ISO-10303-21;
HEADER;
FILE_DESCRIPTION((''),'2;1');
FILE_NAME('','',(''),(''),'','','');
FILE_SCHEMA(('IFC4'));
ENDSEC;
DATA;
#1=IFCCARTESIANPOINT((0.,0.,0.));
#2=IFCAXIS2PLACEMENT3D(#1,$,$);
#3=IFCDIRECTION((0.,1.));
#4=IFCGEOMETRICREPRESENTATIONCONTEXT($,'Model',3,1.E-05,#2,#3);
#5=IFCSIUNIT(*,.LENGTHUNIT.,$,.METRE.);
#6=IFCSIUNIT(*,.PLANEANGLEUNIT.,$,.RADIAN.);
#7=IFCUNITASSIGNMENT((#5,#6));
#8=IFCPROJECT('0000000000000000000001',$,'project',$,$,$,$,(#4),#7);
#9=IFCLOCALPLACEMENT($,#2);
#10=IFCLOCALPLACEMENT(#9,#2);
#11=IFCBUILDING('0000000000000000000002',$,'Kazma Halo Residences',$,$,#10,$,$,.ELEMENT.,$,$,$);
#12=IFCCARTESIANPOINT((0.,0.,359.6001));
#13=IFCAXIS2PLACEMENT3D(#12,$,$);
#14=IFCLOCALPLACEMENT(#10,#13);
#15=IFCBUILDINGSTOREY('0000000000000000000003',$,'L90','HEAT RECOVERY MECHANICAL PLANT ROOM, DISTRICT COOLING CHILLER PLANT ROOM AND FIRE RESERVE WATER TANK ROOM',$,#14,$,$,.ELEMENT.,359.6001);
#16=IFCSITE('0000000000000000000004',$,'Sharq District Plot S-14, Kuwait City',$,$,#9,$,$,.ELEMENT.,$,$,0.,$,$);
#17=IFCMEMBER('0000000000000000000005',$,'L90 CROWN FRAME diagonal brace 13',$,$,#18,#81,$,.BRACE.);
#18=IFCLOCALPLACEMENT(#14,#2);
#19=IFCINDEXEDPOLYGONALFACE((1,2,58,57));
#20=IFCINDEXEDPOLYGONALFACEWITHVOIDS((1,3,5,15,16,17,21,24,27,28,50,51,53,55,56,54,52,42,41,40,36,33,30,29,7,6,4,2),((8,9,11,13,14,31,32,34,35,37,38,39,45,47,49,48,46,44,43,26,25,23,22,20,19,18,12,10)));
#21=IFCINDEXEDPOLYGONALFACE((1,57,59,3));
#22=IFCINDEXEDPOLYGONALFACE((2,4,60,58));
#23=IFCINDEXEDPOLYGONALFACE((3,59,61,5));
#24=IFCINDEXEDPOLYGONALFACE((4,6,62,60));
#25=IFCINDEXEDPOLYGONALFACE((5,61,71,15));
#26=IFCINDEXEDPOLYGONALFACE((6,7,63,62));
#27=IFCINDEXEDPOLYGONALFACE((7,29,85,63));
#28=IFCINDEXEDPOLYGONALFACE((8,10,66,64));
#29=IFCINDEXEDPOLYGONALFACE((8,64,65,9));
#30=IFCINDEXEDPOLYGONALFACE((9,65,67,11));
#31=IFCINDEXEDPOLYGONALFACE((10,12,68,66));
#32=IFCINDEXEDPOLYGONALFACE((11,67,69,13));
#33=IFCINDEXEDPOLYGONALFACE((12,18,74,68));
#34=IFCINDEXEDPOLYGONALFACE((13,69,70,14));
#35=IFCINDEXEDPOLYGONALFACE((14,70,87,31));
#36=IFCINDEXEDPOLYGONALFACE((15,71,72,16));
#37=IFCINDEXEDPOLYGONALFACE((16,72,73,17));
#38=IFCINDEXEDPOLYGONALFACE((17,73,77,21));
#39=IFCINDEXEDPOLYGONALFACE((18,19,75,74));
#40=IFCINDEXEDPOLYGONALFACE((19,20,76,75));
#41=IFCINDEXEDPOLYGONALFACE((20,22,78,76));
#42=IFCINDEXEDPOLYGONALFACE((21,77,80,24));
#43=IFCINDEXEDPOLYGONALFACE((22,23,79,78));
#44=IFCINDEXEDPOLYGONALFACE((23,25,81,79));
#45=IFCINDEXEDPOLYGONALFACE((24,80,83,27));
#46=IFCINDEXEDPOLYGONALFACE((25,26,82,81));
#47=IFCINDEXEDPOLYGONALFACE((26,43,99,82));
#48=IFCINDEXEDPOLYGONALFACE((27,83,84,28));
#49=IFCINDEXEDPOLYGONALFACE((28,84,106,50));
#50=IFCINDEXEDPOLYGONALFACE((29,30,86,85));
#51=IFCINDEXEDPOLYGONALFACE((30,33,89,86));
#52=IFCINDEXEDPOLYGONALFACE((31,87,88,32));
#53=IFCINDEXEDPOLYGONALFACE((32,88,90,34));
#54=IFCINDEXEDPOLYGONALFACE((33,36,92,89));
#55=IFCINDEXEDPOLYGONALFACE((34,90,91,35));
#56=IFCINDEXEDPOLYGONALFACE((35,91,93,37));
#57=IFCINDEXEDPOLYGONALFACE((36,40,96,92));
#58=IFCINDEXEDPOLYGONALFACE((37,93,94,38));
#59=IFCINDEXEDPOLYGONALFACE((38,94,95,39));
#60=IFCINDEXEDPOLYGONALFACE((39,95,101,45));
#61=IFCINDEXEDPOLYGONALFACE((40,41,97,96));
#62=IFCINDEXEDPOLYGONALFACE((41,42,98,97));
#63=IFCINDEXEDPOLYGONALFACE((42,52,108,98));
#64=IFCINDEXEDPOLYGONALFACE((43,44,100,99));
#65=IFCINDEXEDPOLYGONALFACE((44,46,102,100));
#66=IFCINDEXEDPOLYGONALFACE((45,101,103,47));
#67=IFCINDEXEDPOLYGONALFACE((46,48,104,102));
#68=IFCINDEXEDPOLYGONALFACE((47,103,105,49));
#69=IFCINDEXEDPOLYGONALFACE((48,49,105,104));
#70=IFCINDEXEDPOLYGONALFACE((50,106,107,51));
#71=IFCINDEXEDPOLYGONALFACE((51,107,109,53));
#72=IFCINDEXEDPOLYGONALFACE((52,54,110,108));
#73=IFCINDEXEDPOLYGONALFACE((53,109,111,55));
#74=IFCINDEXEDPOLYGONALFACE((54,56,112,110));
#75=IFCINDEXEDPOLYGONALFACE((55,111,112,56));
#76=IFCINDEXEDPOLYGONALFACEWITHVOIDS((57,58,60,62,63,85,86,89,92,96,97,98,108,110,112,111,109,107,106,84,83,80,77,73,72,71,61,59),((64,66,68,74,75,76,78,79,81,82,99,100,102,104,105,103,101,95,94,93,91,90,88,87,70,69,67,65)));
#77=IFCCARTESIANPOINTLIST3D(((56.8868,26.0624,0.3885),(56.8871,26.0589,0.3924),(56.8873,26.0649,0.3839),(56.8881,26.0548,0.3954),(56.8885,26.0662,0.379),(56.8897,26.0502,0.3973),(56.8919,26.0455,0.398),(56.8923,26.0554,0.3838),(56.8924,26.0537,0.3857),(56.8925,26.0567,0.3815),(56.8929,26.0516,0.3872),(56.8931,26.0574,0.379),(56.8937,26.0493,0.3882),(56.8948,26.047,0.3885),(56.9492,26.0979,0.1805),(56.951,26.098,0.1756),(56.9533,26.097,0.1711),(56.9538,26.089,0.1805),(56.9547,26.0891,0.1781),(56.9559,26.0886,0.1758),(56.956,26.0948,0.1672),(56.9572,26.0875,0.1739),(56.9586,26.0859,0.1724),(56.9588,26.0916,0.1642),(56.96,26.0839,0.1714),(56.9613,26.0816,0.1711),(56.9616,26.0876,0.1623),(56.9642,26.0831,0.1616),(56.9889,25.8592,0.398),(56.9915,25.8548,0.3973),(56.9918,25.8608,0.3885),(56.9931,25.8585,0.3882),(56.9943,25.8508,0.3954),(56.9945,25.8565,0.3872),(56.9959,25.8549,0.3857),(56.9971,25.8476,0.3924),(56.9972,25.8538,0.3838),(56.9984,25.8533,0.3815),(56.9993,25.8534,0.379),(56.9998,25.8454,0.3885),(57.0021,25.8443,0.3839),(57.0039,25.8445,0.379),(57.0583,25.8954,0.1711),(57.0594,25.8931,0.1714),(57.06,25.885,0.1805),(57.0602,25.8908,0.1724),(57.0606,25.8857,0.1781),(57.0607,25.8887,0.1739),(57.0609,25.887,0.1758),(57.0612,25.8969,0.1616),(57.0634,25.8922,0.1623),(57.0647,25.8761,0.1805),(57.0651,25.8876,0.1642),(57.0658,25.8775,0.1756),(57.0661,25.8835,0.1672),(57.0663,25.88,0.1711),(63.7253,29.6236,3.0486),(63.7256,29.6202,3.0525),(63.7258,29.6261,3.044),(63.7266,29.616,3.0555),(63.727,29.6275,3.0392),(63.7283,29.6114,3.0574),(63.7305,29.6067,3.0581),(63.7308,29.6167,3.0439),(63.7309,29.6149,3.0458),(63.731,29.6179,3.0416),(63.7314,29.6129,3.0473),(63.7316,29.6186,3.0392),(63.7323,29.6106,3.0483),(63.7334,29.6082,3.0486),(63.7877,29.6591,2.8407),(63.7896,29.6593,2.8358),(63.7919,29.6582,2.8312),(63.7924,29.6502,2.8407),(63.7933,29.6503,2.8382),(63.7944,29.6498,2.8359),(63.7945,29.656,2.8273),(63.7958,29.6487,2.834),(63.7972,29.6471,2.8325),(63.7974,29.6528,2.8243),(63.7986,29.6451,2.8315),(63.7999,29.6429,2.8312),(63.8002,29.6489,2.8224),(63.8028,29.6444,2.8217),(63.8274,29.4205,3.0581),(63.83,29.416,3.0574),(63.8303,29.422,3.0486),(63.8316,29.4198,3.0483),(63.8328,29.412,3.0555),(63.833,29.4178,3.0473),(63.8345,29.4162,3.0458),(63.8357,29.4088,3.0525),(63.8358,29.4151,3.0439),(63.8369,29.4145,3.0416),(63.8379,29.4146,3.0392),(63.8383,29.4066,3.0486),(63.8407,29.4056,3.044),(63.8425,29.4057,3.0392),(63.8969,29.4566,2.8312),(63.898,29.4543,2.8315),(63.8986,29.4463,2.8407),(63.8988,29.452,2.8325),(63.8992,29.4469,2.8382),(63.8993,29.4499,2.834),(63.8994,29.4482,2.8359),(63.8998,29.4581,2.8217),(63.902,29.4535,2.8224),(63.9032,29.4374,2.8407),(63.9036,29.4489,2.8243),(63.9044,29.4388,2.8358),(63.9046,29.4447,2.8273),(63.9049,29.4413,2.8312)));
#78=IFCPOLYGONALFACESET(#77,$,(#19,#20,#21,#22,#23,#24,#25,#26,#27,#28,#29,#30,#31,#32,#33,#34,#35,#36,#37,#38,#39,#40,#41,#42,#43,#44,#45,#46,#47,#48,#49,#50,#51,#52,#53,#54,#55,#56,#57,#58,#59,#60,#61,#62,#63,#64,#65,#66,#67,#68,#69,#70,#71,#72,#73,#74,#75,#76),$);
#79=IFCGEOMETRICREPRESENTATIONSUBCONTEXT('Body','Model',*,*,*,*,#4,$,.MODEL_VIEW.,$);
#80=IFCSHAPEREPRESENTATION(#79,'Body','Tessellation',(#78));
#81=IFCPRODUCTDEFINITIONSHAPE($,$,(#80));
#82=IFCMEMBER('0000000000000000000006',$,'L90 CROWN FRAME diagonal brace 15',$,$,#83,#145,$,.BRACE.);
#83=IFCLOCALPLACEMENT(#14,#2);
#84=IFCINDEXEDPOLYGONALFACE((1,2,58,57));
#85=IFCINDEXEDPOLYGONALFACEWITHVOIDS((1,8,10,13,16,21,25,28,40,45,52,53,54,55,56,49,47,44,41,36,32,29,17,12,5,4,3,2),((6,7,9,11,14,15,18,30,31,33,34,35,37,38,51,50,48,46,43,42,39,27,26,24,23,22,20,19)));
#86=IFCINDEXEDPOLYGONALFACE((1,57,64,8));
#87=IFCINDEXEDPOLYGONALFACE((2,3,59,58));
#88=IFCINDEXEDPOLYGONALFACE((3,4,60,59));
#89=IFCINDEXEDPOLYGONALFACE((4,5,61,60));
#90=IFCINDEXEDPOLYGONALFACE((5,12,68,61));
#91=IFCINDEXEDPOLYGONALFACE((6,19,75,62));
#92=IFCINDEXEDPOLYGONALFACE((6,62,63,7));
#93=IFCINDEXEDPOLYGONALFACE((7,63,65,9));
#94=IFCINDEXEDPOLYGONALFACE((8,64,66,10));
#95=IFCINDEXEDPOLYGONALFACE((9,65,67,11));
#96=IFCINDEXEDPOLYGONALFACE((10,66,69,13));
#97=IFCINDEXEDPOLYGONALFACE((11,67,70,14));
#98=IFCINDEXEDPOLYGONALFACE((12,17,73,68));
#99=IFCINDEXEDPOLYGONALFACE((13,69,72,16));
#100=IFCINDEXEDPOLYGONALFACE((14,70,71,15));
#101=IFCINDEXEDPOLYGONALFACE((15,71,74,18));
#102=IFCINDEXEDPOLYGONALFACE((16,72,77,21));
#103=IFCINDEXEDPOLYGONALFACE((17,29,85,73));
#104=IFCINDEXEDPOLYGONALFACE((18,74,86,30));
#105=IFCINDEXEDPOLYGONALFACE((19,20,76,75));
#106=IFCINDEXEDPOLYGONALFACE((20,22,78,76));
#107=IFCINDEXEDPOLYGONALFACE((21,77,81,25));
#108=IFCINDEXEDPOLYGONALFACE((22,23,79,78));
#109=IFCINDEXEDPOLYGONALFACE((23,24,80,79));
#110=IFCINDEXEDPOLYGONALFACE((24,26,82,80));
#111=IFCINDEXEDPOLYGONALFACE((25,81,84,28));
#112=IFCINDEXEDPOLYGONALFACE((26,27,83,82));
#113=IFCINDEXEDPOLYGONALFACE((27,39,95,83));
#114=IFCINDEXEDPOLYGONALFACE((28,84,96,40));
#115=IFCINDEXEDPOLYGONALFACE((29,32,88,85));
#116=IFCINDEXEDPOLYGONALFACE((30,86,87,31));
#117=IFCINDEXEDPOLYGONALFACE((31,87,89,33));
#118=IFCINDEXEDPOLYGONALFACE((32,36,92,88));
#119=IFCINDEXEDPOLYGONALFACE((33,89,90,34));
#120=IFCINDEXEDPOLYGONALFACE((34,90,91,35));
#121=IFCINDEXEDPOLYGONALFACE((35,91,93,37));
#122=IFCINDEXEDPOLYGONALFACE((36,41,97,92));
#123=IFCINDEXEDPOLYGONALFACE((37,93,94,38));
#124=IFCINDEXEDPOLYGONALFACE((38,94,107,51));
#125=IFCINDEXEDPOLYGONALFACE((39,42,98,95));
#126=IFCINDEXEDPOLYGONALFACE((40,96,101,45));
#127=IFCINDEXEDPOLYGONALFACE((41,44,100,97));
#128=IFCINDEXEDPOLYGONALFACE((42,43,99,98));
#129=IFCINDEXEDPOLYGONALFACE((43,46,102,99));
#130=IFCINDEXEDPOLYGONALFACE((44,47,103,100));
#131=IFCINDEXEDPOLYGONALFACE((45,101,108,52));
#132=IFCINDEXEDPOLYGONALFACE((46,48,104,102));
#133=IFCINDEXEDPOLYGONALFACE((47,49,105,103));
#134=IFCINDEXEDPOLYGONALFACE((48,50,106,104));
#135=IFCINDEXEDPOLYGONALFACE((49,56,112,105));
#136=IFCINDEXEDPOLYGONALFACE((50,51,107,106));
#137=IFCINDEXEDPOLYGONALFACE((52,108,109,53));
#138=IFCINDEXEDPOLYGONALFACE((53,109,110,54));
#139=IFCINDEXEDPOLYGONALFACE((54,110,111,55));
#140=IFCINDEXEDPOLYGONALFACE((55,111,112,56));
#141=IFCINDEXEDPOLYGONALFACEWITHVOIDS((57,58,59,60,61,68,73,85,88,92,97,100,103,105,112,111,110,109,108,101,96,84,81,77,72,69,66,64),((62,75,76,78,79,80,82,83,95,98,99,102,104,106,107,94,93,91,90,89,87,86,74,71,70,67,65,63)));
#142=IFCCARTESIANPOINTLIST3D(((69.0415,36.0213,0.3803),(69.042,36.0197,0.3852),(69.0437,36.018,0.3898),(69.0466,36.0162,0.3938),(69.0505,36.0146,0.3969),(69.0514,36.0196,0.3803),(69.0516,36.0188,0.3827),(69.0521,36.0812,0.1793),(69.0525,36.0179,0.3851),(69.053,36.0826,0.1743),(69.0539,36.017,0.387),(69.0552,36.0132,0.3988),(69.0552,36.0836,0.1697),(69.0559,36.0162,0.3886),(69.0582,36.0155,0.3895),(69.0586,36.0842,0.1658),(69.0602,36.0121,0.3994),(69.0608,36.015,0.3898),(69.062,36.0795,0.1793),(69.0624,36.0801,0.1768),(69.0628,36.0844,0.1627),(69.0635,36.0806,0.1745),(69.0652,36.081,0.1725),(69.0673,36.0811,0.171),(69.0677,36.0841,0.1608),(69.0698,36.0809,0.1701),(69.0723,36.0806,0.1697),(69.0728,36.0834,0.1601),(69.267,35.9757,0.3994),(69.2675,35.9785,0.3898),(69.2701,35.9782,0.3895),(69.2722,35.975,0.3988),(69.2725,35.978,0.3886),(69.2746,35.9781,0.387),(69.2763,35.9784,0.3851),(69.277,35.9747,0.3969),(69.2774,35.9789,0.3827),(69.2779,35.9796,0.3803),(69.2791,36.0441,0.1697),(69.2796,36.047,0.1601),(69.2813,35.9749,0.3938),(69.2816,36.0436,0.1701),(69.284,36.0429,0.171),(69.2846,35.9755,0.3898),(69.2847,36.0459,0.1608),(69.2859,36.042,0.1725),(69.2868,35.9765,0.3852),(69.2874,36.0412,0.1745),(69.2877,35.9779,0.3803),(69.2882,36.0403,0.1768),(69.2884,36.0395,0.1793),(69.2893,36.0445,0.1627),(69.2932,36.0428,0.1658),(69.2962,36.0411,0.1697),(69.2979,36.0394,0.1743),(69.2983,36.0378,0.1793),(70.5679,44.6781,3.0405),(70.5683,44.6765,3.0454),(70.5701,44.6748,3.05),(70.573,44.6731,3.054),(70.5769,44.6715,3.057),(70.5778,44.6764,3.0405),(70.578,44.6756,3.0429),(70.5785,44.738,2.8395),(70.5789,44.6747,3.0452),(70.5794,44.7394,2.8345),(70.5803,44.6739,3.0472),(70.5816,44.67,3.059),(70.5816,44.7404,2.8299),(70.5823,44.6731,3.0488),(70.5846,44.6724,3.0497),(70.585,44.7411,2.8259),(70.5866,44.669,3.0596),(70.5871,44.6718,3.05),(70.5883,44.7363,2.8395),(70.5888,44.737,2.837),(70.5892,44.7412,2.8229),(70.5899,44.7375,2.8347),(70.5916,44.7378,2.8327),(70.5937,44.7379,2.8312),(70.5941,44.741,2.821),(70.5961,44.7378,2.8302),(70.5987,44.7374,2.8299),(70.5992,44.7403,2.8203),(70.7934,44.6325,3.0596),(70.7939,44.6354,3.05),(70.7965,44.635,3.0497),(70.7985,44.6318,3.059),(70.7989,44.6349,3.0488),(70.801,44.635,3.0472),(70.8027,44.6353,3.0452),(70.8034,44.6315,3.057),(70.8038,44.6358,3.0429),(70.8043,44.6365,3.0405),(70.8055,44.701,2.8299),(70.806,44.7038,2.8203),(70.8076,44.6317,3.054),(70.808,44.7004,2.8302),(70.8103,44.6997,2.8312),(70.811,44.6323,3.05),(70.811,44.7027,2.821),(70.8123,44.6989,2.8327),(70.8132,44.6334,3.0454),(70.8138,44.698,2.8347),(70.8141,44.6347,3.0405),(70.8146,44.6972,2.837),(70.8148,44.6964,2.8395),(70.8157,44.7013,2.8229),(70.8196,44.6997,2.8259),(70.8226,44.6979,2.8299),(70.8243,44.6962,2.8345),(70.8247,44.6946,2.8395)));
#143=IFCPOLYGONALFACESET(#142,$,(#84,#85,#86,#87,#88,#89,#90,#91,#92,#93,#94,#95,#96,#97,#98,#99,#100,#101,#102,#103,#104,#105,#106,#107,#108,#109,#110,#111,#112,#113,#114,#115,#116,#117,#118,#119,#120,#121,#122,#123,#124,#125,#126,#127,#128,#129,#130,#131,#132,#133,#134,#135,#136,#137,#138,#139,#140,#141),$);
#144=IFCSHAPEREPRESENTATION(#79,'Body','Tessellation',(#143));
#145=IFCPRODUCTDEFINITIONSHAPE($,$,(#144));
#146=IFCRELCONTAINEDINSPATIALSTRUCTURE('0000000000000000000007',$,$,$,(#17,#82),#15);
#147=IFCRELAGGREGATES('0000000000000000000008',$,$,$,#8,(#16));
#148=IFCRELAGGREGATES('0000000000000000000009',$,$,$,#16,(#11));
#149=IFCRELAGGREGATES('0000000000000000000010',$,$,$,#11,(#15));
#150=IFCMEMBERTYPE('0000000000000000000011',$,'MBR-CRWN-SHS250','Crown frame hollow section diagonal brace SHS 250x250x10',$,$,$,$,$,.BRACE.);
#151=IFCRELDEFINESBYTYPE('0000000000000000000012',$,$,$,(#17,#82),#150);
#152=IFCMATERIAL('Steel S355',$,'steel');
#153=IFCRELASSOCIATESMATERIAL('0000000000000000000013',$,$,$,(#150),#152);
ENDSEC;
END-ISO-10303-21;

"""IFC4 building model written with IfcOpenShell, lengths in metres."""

from ifc_helpers import new_model, si_unit, direction, frame, origin, origin_2d, place, context, subcontext, project, spatial, hollow_rectangle, extrude, material, material_profile, profile_set, type_object, element, save


model = new_model("IFC4")

# Units and contexts
model_context = context("Model", 3, precision=1e-05, world=origin(), true_north=direction((0.0, 1.0)))
body_context = subcontext(model_context, "Body", "Model", "MODEL_VIEW")
ifc_project = project(units=[si_unit("LENGTHUNIT", "METRE"), si_unit("PLANEANGLEUNIT", "RADIAN")], contexts=[model_context])

# Site, building, storey
site_placement = place(None, origin())
site = spatial("IfcSite", under=ifc_project, at=site_placement, Name="Sharq District Plot S-14, Kuwait City", CompositionType="ELEMENT", RefElevation=0.0)
building_placement = place(site_placement, origin())
building = spatial("IfcBuilding", under=site, at=building_placement, Name="Kazma Halo Residences", CompositionType="ELEMENT")
storey_placement = place(building_placement, frame((0.0, 0.0, 359.6001)))
storey = spatial("IfcBuildingStorey", under=building, at=storey_placement, Name="L90", Description="HEAT RECOVERY MECHANICAL PLANT ROOM, DISTRICT COOLING CHILLER PLANT ROOM AND FIRE RESERVE WATER TANK ROOM", CompositionType="ELEMENT", Elevation=359.6001)

# Shared definitions
ifc_material_1 = material(Name="Steel S355", Category="steel")

# Members
ifc_material_profile_1 = material_profile(ifc_material_1, hollow_rectangle(XDim=0.25, YDim=0.25, WallThickness=0.01, InnerFilletRadius=0.01, OuterFilletRadius=0.02, at=origin_2d()), Name="SHS250x250x10")
ifc_profile_set_1 = profile_set([ifc_material_profile_1], Name="Steel S355")
member_type_1 = type_object("IfcMemberType", Name="MBR-CRWN-SHS250", Description="Crown frame hollow section diagonal brace SHS 250x250x10", PredefinedType="BRACE", material=ifc_profile_set_1)
member_1_placement = place(storey_placement, frame((56.9766, 25.9712, 0.2798), z_axis=(0.838442, 0.436627, 0.326146), x_axis=(-0.461883, 0.886941, 0.0)))
element("IfcMember", 1, at=member_1_placement, inside=storey, type_object=member_type_1, Name="L90 CROWN FRAME diagonal brace 13", PredefinedType="BRACE", context=body_context, shape_type="SweptSolid", body=[
    extrude(hollow_rectangle(XDim=0.25, YDim=0.25, WallThickness=0.01, InnerFilletRadius=0.01, OuterFilletRadius=0.02, at=origin_2d()), origin(), (0.0, 0.0, 1.0), 8.1562),
])
member_2_placement = place(storey_placement, frame((69.1699, 36.0295, 0.2798), z_axis=(0.166199, 0.942592, 0.289652), x_axis=(-0.984809, 0.173643, 0.0)))
element("IfcMember", 2, at=member_2_placement, inside=storey, type_object=member_type_1, Name="L90 CROWN FRAME diagonal brace 15", PredefinedType="BRACE", context=body_context, shape_type="SweptSolid", body=[
    extrude(hollow_rectangle(XDim=0.25, YDim=0.25, WallThickness=0.01, InnerFilletRadius=0.01, OuterFilletRadius=0.02, at=origin_2d()), origin(), (0.0, 0.0, 1.0), 9.1841),
])

save(model, "model.ifc")
